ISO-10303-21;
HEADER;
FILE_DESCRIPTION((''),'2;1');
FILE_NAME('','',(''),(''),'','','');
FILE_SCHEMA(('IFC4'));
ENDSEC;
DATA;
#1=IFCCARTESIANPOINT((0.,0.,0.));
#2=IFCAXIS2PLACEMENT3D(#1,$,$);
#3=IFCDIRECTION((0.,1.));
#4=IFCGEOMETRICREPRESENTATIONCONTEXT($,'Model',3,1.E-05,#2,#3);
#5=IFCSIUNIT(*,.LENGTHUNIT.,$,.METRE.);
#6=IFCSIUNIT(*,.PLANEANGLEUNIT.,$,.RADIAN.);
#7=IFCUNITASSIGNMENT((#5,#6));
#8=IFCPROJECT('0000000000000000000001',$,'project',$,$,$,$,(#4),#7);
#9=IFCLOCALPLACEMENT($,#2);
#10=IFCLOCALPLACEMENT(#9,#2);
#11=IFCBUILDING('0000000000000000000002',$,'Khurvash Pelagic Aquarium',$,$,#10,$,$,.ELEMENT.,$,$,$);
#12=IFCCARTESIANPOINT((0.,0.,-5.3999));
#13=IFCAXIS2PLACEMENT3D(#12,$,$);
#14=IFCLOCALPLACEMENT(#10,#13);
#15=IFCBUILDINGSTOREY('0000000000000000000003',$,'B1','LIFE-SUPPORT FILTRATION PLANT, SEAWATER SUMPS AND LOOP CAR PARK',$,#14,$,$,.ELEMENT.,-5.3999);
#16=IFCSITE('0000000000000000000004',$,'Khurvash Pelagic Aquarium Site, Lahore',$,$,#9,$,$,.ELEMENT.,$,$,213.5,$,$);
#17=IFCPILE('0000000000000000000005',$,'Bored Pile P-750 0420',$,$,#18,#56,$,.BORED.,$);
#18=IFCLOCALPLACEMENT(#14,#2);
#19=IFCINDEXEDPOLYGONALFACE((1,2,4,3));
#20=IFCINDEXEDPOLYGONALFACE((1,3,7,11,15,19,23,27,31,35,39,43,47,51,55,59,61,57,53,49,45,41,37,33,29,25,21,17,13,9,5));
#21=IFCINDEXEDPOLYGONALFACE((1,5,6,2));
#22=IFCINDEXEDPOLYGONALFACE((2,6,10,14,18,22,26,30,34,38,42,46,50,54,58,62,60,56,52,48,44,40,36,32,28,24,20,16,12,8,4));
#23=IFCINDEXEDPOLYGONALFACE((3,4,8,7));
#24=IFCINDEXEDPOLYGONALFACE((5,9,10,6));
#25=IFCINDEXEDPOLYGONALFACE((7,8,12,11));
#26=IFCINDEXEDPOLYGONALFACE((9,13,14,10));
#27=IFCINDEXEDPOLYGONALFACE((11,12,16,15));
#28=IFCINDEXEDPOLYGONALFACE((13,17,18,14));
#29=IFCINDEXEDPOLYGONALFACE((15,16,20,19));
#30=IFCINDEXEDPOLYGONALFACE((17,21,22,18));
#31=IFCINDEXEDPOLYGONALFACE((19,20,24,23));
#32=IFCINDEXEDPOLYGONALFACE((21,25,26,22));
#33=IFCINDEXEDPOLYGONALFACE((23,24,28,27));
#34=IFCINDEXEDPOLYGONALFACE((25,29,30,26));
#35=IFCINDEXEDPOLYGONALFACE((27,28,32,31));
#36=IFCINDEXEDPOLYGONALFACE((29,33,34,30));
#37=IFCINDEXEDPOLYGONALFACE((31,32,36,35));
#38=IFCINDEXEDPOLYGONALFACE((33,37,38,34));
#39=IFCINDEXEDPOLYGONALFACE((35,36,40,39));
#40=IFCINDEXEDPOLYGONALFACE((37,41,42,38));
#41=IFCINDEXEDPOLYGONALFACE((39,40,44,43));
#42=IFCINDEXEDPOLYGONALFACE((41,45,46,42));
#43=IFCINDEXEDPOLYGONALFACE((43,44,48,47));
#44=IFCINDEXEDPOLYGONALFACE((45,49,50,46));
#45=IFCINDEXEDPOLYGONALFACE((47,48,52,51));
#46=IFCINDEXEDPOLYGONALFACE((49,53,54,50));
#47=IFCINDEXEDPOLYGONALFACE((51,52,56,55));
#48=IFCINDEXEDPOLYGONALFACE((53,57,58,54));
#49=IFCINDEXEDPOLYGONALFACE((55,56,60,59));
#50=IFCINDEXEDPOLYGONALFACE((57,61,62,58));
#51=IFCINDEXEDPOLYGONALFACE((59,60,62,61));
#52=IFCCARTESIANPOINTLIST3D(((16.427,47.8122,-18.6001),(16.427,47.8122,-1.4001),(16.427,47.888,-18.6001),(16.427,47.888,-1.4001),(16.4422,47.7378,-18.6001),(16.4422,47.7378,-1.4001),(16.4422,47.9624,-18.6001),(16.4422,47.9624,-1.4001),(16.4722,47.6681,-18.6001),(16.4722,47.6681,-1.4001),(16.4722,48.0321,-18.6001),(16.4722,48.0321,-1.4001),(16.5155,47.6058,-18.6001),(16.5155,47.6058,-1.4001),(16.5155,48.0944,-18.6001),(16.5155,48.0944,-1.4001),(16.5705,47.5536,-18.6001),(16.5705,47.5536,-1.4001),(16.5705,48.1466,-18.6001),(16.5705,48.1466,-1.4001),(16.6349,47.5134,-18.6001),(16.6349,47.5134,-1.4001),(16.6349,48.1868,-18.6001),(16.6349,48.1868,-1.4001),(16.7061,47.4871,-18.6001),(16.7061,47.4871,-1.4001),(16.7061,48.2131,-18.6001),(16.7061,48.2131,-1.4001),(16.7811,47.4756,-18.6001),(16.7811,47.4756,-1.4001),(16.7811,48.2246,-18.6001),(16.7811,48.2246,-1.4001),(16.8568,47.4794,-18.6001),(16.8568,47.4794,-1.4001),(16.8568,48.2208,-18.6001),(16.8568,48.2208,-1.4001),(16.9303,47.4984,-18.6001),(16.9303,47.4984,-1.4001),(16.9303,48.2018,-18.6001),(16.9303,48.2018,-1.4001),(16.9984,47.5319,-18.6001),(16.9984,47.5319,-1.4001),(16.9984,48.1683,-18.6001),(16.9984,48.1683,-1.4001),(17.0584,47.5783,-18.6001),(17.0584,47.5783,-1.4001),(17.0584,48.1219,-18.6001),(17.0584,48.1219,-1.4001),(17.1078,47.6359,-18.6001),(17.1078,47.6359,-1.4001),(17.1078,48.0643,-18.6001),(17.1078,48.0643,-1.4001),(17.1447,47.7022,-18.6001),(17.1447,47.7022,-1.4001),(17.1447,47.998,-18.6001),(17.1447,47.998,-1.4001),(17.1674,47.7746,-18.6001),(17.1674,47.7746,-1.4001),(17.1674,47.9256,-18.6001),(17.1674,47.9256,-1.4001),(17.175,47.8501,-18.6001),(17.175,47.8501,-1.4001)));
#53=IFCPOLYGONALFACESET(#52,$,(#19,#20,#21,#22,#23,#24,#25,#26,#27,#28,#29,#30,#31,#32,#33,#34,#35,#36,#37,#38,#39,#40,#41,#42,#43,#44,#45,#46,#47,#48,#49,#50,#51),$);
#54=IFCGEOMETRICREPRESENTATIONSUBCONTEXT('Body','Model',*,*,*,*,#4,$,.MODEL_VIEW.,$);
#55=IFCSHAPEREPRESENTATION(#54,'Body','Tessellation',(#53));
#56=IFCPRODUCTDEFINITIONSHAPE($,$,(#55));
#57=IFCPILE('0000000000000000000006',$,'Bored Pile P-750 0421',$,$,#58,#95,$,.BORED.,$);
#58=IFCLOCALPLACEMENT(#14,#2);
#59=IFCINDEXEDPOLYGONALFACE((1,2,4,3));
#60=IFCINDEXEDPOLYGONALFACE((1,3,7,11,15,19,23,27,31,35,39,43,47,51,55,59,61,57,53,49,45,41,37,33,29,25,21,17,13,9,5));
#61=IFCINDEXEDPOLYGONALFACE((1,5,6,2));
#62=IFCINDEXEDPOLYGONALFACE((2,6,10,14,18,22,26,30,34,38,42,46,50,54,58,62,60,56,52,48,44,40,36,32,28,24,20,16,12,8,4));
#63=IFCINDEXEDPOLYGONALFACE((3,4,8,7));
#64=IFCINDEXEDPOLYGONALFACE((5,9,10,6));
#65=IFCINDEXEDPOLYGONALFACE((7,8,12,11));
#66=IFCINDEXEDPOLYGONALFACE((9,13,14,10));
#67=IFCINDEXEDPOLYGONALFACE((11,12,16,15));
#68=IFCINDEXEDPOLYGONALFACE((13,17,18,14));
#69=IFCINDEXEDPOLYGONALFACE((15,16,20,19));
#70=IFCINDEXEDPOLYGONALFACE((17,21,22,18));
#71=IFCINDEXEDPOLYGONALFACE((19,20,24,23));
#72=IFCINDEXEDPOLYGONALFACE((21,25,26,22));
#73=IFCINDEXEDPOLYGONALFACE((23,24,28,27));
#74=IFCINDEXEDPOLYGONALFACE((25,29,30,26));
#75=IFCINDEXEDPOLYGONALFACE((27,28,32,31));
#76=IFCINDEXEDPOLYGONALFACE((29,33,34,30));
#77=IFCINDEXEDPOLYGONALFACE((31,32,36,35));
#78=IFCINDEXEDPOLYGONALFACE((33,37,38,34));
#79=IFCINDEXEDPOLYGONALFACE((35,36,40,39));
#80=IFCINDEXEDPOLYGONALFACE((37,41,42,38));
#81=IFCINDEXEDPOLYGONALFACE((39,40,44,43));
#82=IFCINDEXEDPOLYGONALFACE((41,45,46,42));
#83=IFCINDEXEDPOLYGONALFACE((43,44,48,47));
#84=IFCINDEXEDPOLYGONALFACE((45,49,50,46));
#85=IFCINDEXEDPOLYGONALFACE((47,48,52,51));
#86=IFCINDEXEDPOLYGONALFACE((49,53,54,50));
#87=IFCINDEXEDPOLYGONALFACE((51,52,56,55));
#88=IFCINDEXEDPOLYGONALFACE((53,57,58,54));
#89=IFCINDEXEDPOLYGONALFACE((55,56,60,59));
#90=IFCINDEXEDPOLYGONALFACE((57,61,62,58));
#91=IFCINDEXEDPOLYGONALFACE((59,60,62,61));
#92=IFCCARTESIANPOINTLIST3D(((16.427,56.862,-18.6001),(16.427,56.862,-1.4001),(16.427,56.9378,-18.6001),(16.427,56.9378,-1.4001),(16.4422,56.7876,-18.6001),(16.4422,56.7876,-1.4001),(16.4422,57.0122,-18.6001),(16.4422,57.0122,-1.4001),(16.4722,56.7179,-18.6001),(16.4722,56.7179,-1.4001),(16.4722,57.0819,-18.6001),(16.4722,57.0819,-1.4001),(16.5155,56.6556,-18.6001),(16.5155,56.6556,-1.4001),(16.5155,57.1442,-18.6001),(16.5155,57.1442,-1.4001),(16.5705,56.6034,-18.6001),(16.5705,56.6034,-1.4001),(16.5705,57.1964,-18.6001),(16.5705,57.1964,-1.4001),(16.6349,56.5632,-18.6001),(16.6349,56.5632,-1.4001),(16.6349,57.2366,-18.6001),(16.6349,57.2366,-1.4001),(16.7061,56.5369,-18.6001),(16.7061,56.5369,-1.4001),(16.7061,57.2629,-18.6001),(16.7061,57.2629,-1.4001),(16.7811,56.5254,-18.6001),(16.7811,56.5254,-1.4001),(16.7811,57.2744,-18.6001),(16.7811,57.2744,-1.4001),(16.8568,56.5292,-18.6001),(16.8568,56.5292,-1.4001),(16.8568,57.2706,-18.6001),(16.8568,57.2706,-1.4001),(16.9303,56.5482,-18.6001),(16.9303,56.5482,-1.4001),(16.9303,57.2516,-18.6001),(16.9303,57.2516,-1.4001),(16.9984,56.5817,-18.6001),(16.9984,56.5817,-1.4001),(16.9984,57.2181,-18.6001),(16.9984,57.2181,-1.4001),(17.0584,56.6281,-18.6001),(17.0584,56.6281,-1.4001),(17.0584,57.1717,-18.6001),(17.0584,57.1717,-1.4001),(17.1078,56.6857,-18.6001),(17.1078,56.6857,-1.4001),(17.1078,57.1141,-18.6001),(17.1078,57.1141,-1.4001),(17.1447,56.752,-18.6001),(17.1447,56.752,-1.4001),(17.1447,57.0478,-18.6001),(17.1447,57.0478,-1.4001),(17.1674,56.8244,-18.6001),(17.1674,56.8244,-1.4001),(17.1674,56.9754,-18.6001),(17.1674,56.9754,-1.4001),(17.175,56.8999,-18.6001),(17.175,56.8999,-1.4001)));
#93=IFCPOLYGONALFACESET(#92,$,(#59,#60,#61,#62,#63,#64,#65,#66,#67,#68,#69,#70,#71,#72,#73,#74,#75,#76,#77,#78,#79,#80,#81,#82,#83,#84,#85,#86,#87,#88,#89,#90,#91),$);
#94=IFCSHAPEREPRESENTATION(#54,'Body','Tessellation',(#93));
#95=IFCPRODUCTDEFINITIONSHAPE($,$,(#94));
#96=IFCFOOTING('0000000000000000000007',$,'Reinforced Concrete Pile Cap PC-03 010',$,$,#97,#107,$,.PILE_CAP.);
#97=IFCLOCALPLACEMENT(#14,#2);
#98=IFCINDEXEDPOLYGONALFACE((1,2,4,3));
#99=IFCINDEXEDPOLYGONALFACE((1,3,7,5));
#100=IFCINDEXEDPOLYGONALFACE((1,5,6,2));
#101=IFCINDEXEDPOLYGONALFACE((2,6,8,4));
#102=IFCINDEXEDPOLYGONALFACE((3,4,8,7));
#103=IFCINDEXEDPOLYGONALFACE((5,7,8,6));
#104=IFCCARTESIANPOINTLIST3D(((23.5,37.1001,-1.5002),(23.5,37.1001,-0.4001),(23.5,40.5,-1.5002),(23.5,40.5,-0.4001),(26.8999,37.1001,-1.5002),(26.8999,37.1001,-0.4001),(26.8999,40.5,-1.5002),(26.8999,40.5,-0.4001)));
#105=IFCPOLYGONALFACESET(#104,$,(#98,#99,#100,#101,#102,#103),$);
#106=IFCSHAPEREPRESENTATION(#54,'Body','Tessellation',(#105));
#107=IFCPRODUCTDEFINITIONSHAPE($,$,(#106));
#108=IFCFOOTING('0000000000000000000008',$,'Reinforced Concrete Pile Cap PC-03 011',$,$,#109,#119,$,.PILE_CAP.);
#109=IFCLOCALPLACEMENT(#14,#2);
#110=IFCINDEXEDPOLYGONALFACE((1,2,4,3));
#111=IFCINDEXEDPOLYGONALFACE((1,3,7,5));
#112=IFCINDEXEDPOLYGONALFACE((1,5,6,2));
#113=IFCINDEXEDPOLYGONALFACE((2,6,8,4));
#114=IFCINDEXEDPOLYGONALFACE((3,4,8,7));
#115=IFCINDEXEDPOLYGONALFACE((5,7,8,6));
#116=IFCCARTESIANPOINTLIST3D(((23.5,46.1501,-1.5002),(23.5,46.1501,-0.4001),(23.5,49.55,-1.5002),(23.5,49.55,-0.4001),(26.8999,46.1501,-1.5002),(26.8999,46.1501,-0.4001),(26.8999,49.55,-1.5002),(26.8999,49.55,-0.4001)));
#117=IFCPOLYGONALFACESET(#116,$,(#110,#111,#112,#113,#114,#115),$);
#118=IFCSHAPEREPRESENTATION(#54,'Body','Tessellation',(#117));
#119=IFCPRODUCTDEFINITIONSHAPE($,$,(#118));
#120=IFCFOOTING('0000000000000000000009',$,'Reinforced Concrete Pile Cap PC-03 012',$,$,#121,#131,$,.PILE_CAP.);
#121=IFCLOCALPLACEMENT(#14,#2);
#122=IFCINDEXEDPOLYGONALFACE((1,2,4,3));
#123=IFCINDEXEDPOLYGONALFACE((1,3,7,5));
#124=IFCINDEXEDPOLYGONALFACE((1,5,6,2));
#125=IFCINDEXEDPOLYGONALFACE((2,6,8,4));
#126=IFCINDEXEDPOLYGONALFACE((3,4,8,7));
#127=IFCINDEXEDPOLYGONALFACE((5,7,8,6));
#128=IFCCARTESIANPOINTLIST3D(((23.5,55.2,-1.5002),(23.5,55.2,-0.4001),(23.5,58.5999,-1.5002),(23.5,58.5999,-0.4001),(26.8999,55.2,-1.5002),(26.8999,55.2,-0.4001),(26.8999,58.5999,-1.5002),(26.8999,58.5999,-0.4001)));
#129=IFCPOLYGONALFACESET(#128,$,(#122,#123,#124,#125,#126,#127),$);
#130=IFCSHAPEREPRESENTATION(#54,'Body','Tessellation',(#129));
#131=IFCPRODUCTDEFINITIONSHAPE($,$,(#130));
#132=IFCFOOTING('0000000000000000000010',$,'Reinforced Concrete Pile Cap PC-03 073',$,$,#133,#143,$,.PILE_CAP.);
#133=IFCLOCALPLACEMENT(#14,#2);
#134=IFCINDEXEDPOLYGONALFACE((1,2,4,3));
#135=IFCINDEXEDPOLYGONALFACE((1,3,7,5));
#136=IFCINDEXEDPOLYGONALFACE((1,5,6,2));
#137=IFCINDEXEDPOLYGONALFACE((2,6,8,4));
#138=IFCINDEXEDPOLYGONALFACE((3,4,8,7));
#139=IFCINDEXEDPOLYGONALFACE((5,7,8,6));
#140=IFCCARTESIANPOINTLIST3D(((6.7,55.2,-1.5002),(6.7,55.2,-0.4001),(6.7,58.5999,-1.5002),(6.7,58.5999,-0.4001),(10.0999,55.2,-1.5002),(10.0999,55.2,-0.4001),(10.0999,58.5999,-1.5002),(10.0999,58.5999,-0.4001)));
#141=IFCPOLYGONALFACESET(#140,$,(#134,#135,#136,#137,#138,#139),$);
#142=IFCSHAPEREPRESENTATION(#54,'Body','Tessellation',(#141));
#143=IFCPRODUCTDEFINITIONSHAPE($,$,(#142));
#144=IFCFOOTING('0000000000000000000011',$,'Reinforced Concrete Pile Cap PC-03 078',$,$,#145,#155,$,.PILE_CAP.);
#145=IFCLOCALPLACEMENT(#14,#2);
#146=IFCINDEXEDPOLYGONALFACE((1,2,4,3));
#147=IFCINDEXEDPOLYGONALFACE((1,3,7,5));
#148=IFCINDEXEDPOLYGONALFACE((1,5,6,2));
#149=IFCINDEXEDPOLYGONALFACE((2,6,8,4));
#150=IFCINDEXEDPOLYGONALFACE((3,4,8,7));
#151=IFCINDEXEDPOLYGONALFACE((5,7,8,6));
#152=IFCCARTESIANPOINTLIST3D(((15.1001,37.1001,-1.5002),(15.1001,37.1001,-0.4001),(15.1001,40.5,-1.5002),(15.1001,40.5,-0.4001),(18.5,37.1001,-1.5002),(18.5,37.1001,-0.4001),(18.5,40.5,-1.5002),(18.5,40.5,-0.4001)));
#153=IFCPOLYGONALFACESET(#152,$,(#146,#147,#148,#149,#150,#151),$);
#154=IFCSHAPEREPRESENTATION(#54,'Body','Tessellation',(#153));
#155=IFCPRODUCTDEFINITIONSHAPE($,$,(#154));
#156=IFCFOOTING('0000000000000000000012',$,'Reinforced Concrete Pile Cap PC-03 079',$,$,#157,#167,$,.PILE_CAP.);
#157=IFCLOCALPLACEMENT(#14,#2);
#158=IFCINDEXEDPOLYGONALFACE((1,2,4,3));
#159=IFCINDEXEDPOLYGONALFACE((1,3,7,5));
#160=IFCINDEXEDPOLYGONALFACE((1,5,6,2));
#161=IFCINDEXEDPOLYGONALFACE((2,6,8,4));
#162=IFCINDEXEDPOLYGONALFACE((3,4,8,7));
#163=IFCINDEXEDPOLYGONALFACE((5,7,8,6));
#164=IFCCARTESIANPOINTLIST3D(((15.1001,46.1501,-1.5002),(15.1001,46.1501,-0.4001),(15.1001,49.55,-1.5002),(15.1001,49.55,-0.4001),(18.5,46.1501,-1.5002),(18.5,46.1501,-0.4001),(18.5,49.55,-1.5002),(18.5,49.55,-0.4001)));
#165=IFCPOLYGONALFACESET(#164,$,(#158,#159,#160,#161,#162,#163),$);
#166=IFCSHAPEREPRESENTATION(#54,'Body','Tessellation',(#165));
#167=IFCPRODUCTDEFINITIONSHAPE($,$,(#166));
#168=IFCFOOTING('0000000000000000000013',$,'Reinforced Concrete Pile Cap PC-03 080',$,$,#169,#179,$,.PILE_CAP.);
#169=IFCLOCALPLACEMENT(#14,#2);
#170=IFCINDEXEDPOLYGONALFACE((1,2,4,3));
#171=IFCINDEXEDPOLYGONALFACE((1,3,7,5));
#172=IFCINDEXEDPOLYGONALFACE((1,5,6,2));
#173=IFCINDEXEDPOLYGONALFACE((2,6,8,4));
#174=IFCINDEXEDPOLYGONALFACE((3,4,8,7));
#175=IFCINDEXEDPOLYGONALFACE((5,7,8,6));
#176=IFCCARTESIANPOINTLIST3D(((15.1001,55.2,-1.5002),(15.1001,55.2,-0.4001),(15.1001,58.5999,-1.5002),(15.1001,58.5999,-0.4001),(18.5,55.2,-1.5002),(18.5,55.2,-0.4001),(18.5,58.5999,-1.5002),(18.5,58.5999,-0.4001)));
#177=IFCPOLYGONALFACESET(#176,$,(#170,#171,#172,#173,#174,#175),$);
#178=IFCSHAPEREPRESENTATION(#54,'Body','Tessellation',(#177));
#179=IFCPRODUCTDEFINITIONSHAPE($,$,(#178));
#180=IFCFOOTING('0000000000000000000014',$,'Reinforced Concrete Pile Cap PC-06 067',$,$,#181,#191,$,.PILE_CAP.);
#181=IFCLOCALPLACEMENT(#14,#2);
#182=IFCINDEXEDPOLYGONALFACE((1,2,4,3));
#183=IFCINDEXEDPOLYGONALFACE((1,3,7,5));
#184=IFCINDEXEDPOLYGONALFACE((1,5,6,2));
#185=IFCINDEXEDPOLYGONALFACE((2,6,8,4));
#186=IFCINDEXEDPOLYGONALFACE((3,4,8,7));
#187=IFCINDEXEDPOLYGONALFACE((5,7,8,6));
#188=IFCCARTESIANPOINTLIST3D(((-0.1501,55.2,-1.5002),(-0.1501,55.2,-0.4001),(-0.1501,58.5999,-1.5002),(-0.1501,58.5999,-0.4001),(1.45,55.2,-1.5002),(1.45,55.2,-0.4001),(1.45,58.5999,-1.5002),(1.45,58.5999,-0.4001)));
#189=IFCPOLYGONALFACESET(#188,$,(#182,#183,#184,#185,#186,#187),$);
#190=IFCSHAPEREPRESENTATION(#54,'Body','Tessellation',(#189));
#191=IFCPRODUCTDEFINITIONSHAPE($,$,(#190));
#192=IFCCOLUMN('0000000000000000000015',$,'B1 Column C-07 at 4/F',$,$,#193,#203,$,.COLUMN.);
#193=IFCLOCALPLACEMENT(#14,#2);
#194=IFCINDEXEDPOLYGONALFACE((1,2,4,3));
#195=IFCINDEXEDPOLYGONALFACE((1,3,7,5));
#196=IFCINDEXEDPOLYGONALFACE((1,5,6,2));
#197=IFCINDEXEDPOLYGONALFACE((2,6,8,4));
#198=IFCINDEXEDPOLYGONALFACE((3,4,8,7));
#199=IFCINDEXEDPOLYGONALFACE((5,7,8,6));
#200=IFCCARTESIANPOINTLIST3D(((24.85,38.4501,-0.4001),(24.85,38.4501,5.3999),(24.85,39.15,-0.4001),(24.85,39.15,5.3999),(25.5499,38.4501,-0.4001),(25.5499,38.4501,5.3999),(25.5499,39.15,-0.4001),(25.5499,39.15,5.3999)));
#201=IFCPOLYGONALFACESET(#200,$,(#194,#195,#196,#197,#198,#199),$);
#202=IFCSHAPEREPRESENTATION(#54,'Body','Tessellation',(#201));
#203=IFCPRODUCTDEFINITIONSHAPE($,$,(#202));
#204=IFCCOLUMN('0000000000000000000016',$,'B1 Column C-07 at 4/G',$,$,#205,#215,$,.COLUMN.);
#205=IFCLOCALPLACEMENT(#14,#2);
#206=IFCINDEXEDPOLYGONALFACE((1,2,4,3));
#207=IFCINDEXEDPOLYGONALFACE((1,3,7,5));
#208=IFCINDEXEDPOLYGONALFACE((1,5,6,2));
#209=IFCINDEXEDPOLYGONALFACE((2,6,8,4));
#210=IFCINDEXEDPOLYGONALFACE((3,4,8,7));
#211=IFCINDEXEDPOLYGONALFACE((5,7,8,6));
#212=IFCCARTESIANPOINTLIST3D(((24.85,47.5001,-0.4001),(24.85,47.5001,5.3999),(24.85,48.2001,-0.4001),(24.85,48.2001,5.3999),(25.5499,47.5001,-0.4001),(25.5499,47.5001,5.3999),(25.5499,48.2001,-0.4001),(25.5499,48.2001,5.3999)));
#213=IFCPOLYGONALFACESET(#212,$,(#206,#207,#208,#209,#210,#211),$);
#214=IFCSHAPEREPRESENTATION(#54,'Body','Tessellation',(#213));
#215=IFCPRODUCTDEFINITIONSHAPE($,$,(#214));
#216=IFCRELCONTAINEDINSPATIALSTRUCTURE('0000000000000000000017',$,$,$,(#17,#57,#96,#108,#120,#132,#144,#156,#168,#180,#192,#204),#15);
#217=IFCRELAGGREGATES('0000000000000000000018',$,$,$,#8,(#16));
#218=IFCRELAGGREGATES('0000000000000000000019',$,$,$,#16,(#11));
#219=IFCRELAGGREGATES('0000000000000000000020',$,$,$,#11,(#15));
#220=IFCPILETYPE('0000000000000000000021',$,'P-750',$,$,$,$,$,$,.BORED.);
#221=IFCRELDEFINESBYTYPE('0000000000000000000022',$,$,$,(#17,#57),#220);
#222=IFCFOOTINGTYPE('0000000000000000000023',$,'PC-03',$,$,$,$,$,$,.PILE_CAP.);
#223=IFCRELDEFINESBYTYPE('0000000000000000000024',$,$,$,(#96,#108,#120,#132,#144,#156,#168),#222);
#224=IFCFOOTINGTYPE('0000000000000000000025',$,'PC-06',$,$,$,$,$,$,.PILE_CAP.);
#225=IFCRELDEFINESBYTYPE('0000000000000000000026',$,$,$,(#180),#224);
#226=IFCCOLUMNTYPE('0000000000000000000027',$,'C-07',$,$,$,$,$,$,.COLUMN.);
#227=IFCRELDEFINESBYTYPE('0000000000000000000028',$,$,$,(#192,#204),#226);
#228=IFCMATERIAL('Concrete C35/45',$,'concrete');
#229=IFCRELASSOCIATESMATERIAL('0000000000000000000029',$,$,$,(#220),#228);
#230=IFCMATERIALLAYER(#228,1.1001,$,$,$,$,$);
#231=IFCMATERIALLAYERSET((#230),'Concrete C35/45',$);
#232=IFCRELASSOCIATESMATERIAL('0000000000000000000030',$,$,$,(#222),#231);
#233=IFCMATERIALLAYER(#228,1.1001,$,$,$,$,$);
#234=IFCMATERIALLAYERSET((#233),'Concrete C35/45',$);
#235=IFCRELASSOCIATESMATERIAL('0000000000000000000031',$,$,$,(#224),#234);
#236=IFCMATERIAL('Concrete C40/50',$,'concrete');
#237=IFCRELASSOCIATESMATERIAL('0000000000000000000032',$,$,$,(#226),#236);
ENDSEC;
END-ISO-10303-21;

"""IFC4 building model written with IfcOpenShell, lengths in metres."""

from ifc_helpers import new_model, si_unit, direction, frame, origin, origin_2d, place, context, subcontext, project, spatial, rectangle, circle, extrude, material, layer, layer_set, material_profile, profile_set, type_object, element, save


model = new_model("IFC4")

# Units and contexts
model_context = context("Model", 3, precision=1e-05, world=origin(), true_north=direction((0.0, 1.0)))
body_context = subcontext(model_context, "Body", "Model", "MODEL_VIEW")
ifc_project = project(units=[si_unit("LENGTHUNIT", "METRE"), si_unit("PLANEANGLEUNIT", "RADIAN")], contexts=[model_context])

# Site, building, storey
site_placement = place(None, origin())
site = spatial("IfcSite", under=ifc_project, at=site_placement, Name="Khurvash Pelagic Aquarium Site, Lahore", CompositionType="ELEMENT", RefElevation=213.5)
building_placement = place(site_placement, origin())
building = spatial("IfcBuilding", under=site, at=building_placement, Name="Khurvash Pelagic Aquarium", CompositionType="ELEMENT")
storey_placement = place(building_placement, frame((0.0, 0.0, -5.3999)))
storey = spatial("IfcBuildingStorey", under=building, at=storey_placement, Name="B1", Description="LIFE-SUPPORT FILTRATION PLANT, SEAWATER SUMPS AND LOOP CAR PARK", CompositionType="ELEMENT", Elevation=-5.3999)

# Shared definitions
ifc_material_1 = material(Name="Concrete C35/45", Category="concrete")

# Piles
ifc_material_profile_1 = material_profile(ifc_material_1, circle(Radius=0.375, at=origin_2d()), Name="PILE750")
ifc_profile_set_1 = profile_set([ifc_material_profile_1], Name="Concrete C35/45")
pile_type = type_object("IfcPileType", Name="P-750", PredefinedType="BORED", material=ifc_profile_set_1)
for number, where, z_axis, x_axis, name in (
    (1, (16.8, 47.8501, -1.4001), (0.0, 0.0, -1.0), (1.0, 0.0, 0.0), "Bored Pile P-750 0420"),
    (2, (16.8, 56.8999, -1.4001), (0.0, 0.0, -1.0), (1.0, 0.0, 0.0), "Bored Pile P-750 0421"),
):
    element("IfcPile", number, at=place(storey_placement, frame(where, z_axis=z_axis, x_axis=x_axis)), inside=storey, type_object=pile_type, Name=name, PredefinedType="BORED", context=body_context, shape_type="SweptSolid", body=[
        extrude(circle(Radius=0.375, at=origin_2d()), origin(), (0.0, 0.0, 1.0), 17.2),
    ])

# Footings
ifc_layer_1 = layer(ifc_material_1, 1.1001)
ifc_layer_set_1 = layer_set([ifc_layer_1], Name="Concrete C35/45")
footing_type_1 = type_object("IfcFootingType", Name="PC-03", PredefinedType="PILE_CAP", material=ifc_layer_set_1)
for number, where, z_axis, x_axis, name in (
    (3, (25.2, 38.8, -1.5002), (0.0, 0.0, 1.0), (1.0, 0.0, 0.0), "Reinforced Concrete Pile Cap PC-03 010"),
    (4, (25.2, 47.8501, -1.5002), (0.0, 0.0, 1.0), (1.0, 0.0, 0.0), "Reinforced Concrete Pile Cap PC-03 011"),
    (5, (25.2, 56.8999, -1.5002), (0.0, 0.0, 1.0), (1.0, 0.0, 0.0), "Reinforced Concrete Pile Cap PC-03 012"),
    (6, (8.3999, 56.8999, -1.5002), (0.0, 0.0, 1.0), (1.0, 0.0, 0.0), "Reinforced Concrete Pile Cap PC-03 073"),
    (7, (16.8, 38.8, -1.5002), (0.0, 0.0, 1.0), (1.0, 0.0, 0.0), "Reinforced Concrete Pile Cap PC-03 078"),
    (8, (16.8, 47.8501, -1.5002), (0.0, 0.0, 1.0), (1.0, 0.0, 0.0), "Reinforced Concrete Pile Cap PC-03 079"),
    (9, (16.8, 56.8999, -1.5002), (0.0, 0.0, 1.0), (1.0, 0.0, 0.0), "Reinforced Concrete Pile Cap PC-03 080"),
):
    element("IfcFooting", number, at=place(storey_placement, frame(where, z_axis=z_axis, x_axis=x_axis)), inside=storey, type_object=footing_type_1, Name=name, PredefinedType="PILE_CAP", context=body_context, shape_type="SweptSolid", body=[
        extrude(rectangle(XDim=3.3999, YDim=3.3999, at=origin_2d()), origin(), (0.0, 0.0, 1.0), 1.1001),
    ])
ifc_layer_2 = layer(ifc_material_1, 1.1001)
ifc_layer_set_2 = layer_set([ifc_layer_2], Name="Concrete C35/45")
footing_type_2 = type_object("IfcFootingType", Name="PC-06", PredefinedType="PILE_CAP", material=ifc_layer_set_2)
footing_1_placement = place(storey_placement, frame((0.6499, 56.8999, -1.5002), z_axis=(0.0, 0.0, 1.0), x_axis=(1.0, 0.0, 0.0)))
element("IfcFooting", 10, at=footing_1_placement, inside=storey, type_object=footing_type_2, Name="Reinforced Concrete Pile Cap PC-06 067", PredefinedType="PILE_CAP", context=body_context, shape_type="SweptSolid", body=[
    extrude(rectangle(XDim=1.6001, YDim=3.3999, at=origin_2d()), origin(), (0.0, 0.0, 1.0), 1.1001),
])

# Columns
ifc_material_2 = material(Name="Concrete C40/50", Category="concrete")
ifc_material_profile_2 = material_profile(ifc_material_2, rectangle(XDim=0.7, YDim=0.7, at=origin_2d()), Name="RC700X700")
ifc_profile_set_2 = profile_set([ifc_material_profile_2], Name="Concrete C40/50")
column_type = type_object("IfcColumnType", Name="C-07", PredefinedType="COLUMN", material=ifc_profile_set_2)
for number, where, z_axis, x_axis, name in (
    (11, (25.2, 38.8, -0.4001), (0.0, 0.0, 1.0), (1.0, 0.0, 0.0), "B1 Column C-07 at 4/F"),
    (12, (25.2, 47.8501, -0.4001), (0.0, 0.0, 1.0), (1.0, 0.0, 0.0), "B1 Column C-07 at 4/G"),
):
    element("IfcColumn", number, at=place(storey_placement, frame(where, z_axis=z_axis, x_axis=x_axis)), inside=storey, type_object=column_type, Name=name, PredefinedType="COLUMN", context=body_context, shape_type="SweptSolid", body=[
        extrude(rectangle(XDim=0.7, YDim=0.7, at=origin_2d()), origin(), (0.0, 0.0, 1.0), 5.8),
    ])

save(model, "model.ifc")
